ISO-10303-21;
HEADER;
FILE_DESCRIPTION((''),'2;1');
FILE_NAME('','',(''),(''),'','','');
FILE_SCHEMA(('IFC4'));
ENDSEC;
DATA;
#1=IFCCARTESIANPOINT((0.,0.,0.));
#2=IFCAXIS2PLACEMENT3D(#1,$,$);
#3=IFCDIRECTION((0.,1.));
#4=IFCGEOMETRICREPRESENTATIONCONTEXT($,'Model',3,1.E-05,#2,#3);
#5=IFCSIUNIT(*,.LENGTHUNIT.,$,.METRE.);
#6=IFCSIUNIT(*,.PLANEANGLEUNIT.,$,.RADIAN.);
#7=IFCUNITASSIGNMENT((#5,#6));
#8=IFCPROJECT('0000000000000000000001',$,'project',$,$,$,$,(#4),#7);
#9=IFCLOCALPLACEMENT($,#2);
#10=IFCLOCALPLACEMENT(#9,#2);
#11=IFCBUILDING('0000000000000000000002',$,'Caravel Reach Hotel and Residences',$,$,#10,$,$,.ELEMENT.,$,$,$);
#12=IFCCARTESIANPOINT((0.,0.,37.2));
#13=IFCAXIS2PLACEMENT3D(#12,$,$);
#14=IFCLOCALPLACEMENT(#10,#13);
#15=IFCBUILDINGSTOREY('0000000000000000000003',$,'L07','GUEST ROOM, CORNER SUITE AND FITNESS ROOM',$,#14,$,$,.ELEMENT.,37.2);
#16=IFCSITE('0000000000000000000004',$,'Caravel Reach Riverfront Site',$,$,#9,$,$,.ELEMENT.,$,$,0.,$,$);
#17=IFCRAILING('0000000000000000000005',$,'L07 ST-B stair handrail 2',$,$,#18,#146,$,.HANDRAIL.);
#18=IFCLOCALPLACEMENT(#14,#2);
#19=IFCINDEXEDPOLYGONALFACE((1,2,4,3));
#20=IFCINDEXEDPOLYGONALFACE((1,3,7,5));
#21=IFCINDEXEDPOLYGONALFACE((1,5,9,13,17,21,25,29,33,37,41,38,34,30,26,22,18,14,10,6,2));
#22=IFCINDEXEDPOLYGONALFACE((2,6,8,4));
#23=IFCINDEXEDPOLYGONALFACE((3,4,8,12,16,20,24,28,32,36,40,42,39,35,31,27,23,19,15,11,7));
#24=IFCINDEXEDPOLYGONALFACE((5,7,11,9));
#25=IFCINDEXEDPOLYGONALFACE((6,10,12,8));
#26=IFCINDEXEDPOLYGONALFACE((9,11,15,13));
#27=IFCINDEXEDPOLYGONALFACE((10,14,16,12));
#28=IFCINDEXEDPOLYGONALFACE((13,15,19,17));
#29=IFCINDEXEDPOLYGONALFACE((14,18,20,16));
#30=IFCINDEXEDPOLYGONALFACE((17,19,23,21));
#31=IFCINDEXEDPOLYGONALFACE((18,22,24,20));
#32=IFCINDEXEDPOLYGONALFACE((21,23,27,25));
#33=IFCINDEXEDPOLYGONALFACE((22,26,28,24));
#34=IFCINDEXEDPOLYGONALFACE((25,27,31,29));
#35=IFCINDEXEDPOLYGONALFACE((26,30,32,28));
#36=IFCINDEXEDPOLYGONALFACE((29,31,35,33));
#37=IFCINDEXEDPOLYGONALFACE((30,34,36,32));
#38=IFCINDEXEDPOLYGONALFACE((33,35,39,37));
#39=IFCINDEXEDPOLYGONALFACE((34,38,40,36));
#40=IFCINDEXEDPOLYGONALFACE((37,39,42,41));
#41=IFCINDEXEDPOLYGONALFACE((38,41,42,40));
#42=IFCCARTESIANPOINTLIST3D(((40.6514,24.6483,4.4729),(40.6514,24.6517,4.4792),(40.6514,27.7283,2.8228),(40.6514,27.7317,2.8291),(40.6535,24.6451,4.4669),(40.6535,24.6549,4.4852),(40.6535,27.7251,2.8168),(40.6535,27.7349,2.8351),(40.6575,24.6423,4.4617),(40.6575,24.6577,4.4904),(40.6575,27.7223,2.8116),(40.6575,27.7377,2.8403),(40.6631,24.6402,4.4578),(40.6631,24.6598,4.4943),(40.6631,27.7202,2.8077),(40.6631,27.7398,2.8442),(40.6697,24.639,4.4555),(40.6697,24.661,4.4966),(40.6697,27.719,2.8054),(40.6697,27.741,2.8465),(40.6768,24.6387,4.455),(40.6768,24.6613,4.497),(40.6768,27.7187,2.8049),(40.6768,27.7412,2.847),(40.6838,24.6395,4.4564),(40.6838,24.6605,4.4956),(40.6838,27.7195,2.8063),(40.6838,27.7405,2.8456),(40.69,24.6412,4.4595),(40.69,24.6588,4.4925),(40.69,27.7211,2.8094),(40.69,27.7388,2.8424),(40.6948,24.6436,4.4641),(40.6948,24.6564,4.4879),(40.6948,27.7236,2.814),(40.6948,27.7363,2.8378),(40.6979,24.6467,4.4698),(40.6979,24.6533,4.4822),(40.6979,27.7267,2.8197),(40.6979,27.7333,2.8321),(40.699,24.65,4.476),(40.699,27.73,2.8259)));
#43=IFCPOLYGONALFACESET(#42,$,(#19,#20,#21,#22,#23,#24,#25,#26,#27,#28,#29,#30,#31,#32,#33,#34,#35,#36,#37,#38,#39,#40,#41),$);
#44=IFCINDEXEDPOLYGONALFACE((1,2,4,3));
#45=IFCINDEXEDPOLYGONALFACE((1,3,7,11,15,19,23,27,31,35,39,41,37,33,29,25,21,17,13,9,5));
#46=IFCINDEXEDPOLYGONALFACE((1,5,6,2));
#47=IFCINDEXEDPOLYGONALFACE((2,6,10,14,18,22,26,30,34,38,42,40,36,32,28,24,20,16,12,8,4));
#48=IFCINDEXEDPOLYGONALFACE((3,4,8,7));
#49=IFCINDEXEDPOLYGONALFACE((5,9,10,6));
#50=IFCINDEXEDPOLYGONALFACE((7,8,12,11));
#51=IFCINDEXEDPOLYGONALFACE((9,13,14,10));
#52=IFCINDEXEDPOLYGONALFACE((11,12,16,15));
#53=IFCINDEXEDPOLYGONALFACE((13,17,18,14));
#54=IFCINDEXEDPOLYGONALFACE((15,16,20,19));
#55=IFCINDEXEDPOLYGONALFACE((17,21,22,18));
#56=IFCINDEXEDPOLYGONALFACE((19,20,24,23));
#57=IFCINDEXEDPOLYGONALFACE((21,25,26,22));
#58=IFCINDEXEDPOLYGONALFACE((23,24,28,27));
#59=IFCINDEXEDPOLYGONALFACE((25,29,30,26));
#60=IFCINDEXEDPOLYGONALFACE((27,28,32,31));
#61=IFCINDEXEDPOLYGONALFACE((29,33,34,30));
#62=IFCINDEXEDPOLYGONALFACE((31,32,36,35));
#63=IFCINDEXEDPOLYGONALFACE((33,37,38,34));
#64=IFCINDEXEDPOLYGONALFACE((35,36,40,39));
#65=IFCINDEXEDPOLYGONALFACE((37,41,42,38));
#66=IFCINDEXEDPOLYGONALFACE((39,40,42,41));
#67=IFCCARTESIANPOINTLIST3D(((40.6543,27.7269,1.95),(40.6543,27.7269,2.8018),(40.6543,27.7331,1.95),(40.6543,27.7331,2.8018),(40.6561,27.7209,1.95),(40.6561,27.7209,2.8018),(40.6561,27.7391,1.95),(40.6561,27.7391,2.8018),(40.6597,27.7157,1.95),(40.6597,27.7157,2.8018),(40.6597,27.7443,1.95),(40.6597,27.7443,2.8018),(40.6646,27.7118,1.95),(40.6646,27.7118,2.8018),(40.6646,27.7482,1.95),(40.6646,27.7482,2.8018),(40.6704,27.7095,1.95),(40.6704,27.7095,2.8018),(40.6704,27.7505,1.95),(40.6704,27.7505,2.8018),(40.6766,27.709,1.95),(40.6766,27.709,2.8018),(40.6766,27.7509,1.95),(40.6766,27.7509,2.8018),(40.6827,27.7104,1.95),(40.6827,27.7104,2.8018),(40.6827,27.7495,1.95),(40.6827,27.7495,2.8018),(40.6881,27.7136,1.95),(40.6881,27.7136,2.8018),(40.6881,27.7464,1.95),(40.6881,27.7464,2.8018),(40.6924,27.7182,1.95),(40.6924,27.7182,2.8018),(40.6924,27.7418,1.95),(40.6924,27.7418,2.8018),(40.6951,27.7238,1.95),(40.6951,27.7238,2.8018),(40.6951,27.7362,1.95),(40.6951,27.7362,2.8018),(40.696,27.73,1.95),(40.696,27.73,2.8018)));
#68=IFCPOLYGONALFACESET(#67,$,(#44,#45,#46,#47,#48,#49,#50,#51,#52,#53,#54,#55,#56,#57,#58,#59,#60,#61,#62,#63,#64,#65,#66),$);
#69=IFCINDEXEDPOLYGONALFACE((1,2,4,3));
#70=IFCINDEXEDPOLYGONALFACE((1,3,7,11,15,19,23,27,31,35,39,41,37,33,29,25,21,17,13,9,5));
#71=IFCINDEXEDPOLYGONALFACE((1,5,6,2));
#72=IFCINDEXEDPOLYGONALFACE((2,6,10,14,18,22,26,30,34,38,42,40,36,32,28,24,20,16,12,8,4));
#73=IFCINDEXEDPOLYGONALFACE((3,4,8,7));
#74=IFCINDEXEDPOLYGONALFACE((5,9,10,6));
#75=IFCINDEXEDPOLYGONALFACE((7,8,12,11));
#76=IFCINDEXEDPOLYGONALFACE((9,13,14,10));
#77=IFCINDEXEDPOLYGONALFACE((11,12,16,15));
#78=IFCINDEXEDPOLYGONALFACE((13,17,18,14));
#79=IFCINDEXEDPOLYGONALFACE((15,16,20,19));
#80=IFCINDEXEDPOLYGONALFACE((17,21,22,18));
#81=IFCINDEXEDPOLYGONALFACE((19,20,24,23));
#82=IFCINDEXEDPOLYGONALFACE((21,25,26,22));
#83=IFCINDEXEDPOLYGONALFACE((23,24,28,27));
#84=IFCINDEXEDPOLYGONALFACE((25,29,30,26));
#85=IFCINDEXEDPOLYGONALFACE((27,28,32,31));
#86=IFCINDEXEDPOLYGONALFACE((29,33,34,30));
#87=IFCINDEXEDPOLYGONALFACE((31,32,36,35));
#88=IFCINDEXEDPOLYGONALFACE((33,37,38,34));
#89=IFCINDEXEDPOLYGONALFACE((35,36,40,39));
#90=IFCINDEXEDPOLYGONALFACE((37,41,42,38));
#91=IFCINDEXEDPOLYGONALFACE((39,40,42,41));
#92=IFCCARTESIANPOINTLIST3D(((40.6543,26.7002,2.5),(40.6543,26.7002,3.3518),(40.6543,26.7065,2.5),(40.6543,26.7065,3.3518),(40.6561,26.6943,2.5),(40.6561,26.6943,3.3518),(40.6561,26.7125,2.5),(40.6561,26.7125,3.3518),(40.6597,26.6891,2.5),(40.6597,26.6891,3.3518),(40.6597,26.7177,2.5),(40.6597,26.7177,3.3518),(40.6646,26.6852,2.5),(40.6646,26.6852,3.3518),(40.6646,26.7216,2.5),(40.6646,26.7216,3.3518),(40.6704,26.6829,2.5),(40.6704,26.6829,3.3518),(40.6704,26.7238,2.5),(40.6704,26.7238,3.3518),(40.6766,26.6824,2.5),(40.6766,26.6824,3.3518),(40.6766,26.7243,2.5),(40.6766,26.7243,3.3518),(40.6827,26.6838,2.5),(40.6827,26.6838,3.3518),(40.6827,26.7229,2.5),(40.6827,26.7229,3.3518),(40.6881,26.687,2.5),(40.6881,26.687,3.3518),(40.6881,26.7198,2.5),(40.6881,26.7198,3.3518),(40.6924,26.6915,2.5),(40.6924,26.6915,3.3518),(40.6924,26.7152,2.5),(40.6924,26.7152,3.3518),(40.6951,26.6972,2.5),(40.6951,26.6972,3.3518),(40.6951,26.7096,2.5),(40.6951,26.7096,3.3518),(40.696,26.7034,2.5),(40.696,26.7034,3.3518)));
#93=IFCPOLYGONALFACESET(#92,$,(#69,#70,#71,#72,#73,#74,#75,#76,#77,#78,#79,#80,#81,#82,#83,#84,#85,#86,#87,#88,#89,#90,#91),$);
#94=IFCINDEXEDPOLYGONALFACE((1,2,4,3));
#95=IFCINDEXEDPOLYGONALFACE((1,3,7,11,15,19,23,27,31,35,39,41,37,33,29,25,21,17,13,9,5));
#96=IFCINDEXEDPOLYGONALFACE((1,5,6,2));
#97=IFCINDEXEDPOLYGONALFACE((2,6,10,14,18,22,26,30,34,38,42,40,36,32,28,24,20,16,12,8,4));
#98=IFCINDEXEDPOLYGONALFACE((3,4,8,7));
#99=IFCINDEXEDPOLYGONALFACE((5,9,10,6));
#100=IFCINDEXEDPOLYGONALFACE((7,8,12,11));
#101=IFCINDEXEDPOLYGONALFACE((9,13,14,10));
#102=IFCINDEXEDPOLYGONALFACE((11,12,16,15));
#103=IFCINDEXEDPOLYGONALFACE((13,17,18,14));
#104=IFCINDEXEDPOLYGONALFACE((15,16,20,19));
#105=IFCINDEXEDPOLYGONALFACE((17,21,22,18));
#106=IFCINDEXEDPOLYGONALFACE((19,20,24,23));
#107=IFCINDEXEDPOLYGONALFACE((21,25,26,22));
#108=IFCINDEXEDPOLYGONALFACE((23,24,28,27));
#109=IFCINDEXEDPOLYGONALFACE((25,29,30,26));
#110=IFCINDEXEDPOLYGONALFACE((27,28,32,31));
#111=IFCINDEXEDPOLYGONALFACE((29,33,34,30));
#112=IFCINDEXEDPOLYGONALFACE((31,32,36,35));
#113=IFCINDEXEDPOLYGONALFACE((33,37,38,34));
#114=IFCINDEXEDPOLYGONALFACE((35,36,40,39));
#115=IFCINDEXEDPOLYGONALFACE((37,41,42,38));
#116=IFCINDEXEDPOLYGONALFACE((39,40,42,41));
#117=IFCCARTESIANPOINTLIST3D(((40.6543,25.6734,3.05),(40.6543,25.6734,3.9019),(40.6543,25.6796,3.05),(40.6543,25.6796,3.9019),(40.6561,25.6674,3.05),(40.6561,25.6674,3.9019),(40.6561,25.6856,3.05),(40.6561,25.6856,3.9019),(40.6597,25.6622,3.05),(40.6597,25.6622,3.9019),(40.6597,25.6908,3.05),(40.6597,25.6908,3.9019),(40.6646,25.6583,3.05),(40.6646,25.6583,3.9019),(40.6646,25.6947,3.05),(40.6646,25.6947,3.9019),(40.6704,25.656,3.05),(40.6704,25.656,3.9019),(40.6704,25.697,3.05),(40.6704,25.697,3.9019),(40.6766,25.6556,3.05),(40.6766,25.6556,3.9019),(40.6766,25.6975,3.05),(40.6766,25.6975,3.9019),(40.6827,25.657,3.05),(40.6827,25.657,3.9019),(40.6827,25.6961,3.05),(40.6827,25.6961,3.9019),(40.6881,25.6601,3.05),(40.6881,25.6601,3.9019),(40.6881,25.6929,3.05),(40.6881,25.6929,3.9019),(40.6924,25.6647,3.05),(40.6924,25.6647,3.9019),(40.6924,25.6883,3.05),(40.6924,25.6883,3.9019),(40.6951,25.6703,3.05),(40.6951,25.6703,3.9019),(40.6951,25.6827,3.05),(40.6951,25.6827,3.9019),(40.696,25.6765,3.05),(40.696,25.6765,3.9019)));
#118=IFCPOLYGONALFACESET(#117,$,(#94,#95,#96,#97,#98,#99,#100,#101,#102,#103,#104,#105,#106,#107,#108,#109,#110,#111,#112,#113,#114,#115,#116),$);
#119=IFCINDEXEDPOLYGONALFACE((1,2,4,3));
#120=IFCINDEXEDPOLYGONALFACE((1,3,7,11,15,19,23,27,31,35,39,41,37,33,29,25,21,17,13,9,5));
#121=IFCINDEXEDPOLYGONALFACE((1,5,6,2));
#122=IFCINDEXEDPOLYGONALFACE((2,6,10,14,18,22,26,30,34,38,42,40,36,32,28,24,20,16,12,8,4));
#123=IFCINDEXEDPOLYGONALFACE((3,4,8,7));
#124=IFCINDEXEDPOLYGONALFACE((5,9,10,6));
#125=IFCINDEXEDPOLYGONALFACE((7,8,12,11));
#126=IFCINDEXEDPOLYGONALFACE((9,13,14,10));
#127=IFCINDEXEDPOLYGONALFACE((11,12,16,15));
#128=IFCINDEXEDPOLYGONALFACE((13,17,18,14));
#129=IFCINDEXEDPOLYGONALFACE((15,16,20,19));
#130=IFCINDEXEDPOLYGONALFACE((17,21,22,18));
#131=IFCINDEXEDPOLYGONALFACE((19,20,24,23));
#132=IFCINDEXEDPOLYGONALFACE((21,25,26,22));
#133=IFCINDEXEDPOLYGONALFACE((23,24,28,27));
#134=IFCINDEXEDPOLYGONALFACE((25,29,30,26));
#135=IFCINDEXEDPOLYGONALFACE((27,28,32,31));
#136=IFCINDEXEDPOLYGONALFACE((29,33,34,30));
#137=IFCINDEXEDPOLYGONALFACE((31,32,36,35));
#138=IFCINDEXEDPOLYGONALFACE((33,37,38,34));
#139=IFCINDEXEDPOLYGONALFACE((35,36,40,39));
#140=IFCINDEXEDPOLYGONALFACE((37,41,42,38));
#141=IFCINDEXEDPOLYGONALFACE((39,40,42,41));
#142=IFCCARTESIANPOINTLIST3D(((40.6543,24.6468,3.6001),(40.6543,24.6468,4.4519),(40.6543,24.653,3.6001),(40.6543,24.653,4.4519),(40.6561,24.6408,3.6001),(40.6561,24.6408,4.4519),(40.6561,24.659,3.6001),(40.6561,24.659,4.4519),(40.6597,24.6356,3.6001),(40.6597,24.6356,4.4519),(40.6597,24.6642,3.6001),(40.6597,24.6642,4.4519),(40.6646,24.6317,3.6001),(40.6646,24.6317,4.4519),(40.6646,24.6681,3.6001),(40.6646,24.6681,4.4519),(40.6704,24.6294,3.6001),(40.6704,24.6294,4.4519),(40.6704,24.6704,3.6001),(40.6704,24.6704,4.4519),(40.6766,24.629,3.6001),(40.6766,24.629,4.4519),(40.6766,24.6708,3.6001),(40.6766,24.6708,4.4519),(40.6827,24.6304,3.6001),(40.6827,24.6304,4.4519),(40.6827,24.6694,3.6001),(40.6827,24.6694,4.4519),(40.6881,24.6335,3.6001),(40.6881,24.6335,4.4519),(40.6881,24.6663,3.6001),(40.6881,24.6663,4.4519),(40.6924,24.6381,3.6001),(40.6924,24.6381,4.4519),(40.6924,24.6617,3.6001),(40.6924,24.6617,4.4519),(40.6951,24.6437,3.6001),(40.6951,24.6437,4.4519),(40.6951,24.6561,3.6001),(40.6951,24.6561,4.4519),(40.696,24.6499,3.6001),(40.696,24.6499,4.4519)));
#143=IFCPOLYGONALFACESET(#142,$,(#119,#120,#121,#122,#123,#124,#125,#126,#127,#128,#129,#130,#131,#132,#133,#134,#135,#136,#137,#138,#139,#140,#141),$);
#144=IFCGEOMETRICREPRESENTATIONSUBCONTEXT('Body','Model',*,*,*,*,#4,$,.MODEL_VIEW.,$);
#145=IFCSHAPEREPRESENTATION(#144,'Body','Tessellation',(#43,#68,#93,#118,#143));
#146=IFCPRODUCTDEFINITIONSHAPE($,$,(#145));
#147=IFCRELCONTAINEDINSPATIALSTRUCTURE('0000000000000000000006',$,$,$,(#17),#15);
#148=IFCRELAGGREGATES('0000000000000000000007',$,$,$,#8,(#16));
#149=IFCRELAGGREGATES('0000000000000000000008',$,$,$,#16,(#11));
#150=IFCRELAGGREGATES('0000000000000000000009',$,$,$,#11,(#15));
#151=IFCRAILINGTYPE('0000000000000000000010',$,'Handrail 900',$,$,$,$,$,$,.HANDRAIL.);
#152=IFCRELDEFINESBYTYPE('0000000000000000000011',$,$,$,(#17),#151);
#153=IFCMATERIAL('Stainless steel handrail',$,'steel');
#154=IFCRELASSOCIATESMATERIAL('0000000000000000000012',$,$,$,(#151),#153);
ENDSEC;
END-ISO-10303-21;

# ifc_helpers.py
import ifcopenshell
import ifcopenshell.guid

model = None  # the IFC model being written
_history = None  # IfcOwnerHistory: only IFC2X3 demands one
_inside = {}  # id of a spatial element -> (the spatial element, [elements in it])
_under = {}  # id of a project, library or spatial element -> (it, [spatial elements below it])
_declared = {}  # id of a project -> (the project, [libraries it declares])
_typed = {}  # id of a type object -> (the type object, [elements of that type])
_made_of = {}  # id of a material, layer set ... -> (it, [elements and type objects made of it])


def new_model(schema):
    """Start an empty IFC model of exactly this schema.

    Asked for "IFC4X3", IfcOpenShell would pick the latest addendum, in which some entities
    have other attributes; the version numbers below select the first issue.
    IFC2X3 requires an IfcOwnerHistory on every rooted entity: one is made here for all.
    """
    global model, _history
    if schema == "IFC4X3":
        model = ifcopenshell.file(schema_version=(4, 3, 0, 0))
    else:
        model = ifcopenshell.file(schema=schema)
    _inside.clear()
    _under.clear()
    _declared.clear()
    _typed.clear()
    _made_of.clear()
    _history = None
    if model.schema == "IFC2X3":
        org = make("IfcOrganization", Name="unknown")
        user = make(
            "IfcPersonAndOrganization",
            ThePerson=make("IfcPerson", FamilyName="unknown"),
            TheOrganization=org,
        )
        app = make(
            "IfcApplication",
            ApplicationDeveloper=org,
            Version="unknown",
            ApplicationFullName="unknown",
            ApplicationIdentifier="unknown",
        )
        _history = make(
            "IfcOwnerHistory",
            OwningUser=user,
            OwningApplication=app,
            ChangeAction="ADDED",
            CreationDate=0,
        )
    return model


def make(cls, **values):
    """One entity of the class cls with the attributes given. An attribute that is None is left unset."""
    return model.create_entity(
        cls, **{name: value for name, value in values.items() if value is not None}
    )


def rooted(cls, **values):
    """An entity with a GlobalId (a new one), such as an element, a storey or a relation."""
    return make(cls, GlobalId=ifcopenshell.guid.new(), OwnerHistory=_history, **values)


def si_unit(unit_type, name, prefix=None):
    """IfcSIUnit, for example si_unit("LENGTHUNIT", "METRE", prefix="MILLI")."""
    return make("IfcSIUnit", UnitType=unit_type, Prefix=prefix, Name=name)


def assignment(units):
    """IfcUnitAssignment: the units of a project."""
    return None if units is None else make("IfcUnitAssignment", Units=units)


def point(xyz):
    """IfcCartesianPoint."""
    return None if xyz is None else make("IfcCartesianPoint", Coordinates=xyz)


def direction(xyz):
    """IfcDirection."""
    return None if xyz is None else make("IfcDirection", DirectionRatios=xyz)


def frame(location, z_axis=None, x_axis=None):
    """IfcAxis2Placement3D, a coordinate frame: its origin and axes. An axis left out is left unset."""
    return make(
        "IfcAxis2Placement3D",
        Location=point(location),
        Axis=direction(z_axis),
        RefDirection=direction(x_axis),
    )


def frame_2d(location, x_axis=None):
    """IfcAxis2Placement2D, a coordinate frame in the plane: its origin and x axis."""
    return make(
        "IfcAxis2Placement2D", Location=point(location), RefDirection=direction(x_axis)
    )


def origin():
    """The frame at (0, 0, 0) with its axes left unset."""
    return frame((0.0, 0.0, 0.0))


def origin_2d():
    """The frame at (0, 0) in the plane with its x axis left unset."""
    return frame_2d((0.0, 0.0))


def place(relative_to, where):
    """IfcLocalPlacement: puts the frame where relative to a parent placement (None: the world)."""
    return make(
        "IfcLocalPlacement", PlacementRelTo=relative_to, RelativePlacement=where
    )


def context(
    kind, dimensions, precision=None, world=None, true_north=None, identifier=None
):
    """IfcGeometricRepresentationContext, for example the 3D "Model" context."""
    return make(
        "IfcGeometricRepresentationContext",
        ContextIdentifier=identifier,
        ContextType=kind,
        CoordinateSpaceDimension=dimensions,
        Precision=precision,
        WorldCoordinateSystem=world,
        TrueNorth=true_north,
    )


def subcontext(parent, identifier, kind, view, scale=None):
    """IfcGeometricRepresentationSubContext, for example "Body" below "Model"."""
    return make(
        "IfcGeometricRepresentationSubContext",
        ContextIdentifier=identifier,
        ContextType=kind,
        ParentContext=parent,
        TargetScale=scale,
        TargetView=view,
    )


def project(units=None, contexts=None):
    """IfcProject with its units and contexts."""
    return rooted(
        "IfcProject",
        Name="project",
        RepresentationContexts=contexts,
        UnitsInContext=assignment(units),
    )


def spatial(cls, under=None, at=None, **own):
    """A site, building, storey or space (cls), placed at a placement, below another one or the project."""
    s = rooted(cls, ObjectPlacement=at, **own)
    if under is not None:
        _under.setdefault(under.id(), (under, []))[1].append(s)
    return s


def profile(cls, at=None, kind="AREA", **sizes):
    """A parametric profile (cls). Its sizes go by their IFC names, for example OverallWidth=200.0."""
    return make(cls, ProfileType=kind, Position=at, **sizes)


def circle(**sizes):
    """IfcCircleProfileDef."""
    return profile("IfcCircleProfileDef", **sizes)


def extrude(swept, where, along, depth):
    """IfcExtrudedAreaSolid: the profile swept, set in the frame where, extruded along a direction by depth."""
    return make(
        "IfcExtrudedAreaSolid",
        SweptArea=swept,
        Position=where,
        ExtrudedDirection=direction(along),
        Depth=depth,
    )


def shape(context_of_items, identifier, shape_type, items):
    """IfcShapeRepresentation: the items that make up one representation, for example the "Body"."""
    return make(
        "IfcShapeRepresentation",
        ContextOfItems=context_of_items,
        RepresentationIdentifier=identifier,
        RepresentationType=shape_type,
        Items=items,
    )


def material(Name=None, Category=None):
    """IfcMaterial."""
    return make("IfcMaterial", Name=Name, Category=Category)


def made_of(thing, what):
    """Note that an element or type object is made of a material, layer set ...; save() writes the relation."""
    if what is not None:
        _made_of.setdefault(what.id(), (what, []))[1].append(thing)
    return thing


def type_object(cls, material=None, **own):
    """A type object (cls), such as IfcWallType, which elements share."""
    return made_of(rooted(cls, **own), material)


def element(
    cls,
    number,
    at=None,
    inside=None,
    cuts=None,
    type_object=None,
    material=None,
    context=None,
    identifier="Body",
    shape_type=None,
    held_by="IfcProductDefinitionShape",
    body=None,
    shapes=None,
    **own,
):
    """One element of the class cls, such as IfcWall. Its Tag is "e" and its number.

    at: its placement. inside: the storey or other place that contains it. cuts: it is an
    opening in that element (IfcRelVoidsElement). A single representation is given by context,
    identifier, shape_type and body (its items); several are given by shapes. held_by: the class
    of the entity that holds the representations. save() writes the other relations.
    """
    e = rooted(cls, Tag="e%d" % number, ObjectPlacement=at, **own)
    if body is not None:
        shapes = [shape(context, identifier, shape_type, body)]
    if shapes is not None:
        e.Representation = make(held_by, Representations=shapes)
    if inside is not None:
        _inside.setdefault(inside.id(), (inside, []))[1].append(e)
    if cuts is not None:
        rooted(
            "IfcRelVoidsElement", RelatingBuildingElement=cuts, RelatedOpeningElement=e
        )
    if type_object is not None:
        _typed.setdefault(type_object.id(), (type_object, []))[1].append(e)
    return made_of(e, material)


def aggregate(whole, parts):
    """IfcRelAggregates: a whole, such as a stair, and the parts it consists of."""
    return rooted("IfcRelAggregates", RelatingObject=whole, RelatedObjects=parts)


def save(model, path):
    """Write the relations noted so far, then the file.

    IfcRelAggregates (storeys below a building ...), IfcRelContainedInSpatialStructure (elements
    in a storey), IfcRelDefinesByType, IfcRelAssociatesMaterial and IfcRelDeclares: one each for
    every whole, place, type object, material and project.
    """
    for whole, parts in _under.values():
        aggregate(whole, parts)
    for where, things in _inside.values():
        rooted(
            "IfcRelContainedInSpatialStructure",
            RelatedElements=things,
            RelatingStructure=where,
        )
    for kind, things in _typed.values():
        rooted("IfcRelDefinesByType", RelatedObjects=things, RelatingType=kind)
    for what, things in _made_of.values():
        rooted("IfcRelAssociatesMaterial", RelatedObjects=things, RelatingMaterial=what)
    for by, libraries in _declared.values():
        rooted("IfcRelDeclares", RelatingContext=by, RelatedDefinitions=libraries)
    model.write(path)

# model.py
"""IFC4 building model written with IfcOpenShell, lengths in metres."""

from ifc_helpers import new_model, si_unit, direction, frame, origin, origin_2d, place, context, subcontext, project, spatial, circle, extrude, material, type_object, element, save


model = new_model("IFC4")

# Units and contexts
model_context = context("Model", 3, precision=1e-05, world=origin(), true_north=direction((0.0, 1.0)))
body_context = subcontext(model_context, "Body", "Model", "MODEL_VIEW")
ifc_project = project(units=[si_unit("LENGTHUNIT", "METRE"), si_unit("PLANEANGLEUNIT", "RADIAN")], contexts=[model_context])

# Site, building, storey
site_placement = place(None, origin())
site = spatial("IfcSite", under=ifc_project, at=site_placement, Name="Caravel Reach Riverfront Site", CompositionType="ELEMENT", RefElevation=0.0)
building_placement = place(site_placement, origin())
building = spatial("IfcBuilding", under=site, at=building_placement, Name="Caravel Reach Hotel and Residences", CompositionType="ELEMENT")
storey_placement = place(building_placement, frame((0.0, 0.0, 37.2)))
storey = spatial("IfcBuildingStorey", under=building, at=storey_placement, Name="L07", Description="GUEST ROOM, CORNER SUITE AND FITNESS ROOM", CompositionType="ELEMENT", Elevation=37.2)

# Railing
ifc_material_1 = material(Name="Stainless steel handrail", Category="steel")
railing_type_1 = type_object("IfcRailingType", Name="Handrail 900", PredefinedType="HANDRAIL", material=ifc_material_1)
railing_1_placement = place(storey_placement, frame((40.675, 27.73, 1.95)))
element("IfcRailing", 1, at=railing_1_placement, inside=storey, type_object=railing_type_1, Name="L07 ST-B stair handrail 2", PredefinedType="HANDRAIL", context=body_context, shape_type="SweptSolid", body=[
    extrude(circle(Radius=0.0239, at=origin_2d()), frame((0.0, 0.0, 0.876), z_axis=(0.0, -0.881468, 0.472245), x_axis=(1.0, 0.0, 0.0)), (0.0, 0.0, 1.0), 3.4941),
    extrude(circle(Radius=0.021, at=origin_2d()), origin(), (0.0, 0.0, 1.0), 0.8518),
    extrude(circle(Radius=0.021, at=origin_2d()), frame((0.0, -1.0266, 0.55)), (0.0, 0.0, 1.0), 0.8518),
    extrude(circle(Radius=0.021, at=origin_2d()), frame((0.0, -2.0535, 1.1001)), (0.0, 0.0, 1.0), 0.8518),
    extrude(circle(Radius=0.021, at=origin_2d()), frame((0.0, -3.0801, 1.6501)), (0.0, 0.0, 1.0), 0.8518),
])

save(model, "model.ifc")
